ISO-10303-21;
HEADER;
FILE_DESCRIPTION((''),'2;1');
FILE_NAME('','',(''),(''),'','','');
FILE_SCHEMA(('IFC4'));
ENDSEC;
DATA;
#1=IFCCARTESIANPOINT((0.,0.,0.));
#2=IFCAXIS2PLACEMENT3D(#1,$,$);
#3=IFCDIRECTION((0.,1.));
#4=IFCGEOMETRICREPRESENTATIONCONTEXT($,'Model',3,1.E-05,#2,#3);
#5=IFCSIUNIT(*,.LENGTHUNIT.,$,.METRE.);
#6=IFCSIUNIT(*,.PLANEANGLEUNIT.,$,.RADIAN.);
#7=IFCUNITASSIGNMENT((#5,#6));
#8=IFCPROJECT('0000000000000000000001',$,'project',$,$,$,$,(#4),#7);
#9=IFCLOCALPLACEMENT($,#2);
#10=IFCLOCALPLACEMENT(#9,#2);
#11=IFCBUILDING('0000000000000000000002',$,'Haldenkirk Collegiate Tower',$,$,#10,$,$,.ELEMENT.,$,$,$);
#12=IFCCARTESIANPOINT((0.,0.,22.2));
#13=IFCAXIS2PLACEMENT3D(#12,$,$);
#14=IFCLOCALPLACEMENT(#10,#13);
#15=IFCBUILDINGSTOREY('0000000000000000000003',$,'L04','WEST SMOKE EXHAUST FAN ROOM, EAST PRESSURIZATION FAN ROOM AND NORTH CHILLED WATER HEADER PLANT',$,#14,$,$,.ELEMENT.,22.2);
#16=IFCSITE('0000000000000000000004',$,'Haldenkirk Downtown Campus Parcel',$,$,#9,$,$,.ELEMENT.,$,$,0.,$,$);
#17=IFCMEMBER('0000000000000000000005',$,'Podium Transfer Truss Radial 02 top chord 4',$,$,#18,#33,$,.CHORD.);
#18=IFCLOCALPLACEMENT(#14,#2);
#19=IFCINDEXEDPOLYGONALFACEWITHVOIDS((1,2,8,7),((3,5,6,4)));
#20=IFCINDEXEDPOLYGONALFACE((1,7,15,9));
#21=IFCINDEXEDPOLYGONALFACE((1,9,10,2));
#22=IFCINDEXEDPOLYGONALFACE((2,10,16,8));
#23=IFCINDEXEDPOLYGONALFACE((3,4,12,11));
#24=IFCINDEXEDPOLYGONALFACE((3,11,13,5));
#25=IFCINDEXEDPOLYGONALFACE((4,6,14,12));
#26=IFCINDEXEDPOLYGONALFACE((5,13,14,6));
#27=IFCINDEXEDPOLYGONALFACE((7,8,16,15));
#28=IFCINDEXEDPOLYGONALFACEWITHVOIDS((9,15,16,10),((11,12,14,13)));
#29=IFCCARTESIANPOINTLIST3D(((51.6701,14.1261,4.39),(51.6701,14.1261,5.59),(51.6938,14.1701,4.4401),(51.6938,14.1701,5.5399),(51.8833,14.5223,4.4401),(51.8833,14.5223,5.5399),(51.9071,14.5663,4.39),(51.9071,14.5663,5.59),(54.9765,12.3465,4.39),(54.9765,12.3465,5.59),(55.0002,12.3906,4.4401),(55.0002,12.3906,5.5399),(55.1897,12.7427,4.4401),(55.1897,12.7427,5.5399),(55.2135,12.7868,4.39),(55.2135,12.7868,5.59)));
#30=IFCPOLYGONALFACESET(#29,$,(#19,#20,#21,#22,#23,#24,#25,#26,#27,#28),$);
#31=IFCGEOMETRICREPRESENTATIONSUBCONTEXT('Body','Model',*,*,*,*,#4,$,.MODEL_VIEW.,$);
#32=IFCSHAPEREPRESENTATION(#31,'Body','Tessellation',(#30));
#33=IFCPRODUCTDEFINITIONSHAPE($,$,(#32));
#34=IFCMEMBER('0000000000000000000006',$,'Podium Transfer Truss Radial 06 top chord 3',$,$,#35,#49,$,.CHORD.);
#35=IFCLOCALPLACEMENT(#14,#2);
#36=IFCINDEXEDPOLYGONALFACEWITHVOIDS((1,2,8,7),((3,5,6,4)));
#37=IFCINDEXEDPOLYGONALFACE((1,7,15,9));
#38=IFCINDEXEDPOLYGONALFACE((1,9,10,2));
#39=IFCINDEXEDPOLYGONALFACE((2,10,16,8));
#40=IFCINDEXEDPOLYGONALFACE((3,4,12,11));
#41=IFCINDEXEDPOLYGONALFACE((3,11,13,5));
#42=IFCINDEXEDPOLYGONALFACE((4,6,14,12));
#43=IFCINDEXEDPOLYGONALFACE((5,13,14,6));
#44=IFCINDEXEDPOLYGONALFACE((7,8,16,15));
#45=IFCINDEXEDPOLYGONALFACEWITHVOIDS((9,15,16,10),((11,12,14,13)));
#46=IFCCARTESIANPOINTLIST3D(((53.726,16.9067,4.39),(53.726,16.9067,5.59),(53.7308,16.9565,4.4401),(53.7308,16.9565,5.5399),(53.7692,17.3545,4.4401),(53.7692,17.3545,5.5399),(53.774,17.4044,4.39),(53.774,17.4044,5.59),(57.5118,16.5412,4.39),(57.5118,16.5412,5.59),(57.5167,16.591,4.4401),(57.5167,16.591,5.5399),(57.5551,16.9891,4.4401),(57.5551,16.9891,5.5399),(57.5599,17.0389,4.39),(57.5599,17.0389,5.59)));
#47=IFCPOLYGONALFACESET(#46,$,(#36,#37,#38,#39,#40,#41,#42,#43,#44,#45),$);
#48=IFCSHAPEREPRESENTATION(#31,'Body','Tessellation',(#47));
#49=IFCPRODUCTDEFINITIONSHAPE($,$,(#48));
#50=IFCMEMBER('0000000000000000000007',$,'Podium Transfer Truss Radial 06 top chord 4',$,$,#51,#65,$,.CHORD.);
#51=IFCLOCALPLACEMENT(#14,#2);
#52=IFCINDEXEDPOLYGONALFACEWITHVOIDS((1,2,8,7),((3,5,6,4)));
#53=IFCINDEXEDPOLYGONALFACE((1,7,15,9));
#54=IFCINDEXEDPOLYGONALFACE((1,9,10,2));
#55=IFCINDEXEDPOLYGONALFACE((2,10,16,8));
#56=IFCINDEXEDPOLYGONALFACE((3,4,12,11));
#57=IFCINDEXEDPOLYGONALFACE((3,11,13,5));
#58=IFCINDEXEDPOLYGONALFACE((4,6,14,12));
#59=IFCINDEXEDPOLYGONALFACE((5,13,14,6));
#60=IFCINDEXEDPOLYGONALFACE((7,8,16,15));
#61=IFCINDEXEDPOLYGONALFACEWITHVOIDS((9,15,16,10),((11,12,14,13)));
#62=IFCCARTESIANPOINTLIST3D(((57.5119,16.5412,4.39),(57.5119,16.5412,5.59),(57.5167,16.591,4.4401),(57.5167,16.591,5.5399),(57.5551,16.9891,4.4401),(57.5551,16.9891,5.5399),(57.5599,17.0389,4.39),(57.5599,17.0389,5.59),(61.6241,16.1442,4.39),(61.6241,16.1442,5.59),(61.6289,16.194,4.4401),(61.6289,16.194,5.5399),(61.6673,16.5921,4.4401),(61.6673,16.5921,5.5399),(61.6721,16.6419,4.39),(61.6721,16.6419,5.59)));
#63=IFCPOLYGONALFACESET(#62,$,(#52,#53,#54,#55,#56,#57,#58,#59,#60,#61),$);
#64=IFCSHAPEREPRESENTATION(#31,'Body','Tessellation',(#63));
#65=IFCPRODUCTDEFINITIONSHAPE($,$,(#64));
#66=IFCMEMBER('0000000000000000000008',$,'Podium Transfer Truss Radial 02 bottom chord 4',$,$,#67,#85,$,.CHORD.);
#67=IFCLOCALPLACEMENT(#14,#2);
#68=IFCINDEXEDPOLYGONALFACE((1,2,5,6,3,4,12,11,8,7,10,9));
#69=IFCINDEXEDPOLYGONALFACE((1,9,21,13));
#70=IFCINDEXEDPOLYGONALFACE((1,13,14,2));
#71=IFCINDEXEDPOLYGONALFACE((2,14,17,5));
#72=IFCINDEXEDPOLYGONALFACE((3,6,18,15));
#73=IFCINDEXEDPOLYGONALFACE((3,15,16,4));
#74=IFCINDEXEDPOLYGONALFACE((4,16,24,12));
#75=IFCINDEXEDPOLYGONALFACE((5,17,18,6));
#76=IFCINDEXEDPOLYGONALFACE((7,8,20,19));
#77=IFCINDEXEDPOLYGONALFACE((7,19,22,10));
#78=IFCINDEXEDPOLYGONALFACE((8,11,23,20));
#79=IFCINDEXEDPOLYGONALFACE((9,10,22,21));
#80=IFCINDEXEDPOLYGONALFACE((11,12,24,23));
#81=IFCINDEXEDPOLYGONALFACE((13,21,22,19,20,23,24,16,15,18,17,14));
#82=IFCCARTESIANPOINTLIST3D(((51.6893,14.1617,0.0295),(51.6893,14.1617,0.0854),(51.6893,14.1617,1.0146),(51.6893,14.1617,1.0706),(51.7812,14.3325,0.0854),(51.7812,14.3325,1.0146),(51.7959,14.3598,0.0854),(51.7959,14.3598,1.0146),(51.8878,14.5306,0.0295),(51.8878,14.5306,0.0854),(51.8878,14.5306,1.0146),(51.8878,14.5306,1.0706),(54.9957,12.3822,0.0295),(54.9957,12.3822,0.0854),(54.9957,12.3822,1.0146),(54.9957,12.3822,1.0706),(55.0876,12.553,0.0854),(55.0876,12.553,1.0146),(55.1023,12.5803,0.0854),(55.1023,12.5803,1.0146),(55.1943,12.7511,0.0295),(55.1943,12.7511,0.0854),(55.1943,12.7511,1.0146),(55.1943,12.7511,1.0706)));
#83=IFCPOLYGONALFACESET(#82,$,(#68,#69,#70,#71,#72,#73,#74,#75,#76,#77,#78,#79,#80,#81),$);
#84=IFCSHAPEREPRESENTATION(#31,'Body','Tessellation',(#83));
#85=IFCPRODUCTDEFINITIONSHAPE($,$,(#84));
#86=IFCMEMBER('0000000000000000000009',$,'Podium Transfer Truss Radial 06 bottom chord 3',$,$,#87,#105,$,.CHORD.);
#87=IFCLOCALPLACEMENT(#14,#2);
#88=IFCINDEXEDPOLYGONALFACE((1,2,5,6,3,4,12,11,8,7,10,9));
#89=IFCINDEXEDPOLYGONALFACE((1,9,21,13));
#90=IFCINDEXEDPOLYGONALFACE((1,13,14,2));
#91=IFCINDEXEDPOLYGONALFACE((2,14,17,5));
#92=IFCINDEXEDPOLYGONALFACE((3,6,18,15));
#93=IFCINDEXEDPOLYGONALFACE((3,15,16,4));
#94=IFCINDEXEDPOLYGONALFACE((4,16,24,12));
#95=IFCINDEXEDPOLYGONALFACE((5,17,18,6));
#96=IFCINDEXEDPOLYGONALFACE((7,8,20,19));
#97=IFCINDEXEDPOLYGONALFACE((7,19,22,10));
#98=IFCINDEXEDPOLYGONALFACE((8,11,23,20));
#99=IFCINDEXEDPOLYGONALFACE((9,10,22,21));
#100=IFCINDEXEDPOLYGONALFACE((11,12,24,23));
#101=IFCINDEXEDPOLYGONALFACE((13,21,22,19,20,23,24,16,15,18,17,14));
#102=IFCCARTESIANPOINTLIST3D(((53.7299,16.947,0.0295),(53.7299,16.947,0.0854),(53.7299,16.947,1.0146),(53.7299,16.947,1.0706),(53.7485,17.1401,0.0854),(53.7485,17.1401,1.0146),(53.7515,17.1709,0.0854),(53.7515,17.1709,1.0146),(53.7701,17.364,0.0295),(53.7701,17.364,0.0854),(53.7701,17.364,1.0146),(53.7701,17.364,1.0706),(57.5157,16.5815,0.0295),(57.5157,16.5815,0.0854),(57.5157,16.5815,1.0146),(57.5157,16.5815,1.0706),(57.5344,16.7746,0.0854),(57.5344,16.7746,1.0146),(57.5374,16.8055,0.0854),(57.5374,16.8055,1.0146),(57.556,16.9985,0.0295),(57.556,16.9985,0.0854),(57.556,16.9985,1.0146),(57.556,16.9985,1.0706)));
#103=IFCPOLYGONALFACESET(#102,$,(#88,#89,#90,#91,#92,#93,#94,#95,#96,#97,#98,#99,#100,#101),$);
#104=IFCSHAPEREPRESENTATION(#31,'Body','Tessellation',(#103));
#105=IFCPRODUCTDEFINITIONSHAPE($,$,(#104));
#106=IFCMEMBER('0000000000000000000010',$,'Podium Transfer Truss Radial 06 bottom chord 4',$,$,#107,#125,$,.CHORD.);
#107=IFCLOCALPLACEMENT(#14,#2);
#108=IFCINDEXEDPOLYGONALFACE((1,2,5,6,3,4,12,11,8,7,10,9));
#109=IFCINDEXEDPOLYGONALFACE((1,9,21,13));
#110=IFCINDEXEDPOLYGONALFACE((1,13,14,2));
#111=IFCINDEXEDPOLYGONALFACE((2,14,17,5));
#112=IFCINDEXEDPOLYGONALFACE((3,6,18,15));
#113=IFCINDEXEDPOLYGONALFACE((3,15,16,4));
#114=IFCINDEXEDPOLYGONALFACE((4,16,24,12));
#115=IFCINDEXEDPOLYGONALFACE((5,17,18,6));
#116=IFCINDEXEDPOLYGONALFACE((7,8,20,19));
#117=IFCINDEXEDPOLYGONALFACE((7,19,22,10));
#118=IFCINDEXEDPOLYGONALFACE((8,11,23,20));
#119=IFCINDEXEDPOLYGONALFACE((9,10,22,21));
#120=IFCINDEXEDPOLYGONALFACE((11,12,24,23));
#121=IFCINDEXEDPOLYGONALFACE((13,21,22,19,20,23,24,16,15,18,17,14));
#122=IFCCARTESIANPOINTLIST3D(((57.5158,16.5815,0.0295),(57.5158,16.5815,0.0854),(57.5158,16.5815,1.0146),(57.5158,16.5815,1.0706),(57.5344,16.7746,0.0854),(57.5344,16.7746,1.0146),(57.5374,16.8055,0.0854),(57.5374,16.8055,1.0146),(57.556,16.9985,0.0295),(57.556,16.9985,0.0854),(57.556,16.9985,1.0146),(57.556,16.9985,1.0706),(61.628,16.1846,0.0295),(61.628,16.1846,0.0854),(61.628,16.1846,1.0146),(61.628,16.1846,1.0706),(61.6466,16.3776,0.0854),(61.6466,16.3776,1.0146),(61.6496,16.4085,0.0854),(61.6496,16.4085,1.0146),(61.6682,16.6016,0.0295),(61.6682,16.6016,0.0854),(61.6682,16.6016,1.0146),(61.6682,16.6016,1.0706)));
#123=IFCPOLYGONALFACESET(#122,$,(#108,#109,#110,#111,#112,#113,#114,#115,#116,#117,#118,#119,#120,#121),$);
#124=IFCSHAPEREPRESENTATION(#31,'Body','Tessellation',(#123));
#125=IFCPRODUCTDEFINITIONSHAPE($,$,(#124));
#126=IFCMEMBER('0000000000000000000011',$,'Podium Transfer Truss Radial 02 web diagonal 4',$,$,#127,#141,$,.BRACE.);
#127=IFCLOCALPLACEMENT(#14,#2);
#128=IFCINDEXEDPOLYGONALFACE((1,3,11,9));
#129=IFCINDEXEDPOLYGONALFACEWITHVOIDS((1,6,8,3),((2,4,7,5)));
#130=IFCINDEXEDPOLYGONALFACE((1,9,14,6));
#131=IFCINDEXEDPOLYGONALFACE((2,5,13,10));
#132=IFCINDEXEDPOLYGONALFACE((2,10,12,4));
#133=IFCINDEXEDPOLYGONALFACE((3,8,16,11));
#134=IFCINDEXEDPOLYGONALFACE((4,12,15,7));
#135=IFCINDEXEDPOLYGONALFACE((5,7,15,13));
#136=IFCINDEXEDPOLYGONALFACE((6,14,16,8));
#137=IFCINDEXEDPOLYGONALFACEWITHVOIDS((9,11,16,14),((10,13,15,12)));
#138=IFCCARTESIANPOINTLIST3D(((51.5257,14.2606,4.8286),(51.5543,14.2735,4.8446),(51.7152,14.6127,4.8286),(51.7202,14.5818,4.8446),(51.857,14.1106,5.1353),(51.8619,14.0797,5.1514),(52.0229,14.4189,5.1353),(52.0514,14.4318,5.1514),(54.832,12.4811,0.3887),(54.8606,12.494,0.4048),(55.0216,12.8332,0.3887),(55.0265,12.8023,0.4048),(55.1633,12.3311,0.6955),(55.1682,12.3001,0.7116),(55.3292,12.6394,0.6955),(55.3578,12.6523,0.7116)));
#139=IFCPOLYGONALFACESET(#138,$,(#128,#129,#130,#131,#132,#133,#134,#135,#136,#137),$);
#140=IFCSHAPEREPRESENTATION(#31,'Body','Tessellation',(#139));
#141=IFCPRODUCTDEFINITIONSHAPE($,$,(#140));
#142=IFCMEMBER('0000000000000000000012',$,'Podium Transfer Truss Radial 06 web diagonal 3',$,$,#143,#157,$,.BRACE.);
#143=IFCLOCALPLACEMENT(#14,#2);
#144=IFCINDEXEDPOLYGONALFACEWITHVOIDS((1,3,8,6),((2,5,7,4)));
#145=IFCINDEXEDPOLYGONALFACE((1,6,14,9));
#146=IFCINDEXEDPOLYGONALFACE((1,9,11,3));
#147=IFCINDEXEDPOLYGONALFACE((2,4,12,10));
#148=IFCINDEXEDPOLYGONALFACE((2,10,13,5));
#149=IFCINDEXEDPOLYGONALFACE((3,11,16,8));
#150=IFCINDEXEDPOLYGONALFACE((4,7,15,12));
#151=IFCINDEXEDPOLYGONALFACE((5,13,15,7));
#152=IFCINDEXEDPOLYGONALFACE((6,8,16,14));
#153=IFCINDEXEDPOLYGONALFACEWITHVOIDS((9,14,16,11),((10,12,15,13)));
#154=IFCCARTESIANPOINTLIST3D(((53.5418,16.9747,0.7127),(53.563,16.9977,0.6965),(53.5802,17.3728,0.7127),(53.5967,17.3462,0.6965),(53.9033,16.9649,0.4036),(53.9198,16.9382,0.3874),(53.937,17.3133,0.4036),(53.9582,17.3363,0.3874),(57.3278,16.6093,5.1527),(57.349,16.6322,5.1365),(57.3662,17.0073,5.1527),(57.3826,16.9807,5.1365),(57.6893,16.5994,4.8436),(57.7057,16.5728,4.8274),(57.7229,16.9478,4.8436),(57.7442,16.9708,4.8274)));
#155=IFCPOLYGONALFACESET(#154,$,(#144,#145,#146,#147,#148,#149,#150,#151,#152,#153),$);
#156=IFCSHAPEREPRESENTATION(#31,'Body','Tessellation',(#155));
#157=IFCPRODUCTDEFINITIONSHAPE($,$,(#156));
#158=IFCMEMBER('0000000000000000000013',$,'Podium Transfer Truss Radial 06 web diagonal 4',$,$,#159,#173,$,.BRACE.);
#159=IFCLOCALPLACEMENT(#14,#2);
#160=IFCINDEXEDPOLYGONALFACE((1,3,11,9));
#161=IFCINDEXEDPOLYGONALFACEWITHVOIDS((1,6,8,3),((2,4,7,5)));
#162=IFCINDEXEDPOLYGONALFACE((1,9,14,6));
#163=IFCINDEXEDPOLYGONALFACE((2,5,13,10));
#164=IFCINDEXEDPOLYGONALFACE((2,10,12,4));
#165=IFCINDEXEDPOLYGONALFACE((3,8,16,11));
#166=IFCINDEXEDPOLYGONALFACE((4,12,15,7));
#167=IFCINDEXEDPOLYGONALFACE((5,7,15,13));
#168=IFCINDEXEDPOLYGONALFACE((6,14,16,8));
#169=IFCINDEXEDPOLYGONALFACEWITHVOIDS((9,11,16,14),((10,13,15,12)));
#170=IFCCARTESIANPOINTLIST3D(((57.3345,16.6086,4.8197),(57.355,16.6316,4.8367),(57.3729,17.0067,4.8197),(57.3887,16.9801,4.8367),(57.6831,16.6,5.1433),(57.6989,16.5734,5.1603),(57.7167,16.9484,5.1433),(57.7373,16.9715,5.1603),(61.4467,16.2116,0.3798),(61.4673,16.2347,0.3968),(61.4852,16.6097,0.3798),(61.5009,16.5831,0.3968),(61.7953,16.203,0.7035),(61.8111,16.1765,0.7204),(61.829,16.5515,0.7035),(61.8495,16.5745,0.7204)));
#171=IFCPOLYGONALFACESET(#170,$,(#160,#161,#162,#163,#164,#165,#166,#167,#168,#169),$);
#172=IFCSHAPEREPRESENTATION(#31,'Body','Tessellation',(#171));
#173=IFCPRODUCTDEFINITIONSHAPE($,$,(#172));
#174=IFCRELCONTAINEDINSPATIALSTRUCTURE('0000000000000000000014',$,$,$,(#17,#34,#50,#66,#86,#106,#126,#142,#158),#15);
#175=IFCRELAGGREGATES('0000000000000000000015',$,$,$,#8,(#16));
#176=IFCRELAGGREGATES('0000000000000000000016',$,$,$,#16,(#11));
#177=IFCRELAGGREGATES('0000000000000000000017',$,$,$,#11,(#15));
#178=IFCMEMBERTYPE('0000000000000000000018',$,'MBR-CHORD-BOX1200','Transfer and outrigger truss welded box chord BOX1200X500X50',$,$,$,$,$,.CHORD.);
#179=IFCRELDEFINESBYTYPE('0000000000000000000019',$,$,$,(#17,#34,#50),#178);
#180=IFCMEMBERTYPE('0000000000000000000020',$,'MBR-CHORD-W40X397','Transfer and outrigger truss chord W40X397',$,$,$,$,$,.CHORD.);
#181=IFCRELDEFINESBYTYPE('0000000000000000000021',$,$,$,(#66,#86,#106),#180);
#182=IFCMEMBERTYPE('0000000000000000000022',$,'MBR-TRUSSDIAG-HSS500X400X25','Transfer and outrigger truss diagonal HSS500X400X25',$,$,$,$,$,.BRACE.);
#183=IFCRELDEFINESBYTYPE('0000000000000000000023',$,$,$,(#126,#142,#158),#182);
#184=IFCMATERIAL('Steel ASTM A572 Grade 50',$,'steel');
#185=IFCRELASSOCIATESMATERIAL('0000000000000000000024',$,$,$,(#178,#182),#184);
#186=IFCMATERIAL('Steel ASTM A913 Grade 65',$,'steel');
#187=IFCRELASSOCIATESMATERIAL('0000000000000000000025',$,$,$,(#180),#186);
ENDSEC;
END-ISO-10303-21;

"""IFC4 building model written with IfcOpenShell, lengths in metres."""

from ifc_helpers import new_model, si_unit, direction, frame, origin, origin_2d, place, context, subcontext, project, spatial, hollow_rectangle, i_section, extrude, material, material_profile, profile_set, type_object, element, save


model = new_model("IFC4")

# Units and contexts
model_context = context("Model", 3, precision=1e-05, world=origin(), true_north=direction((0.0, 1.0)))
body_context = subcontext(model_context, "Body", "Model", "MODEL_VIEW")
ifc_project = project(units=[si_unit("LENGTHUNIT", "METRE"), si_unit("PLANEANGLEUNIT", "RADIAN")], contexts=[model_context])

# Site, building, storey
site_placement = place(None, origin())
site = spatial("IfcSite", under=ifc_project, at=site_placement, Name="Haldenkirk Downtown Campus Parcel", CompositionType="ELEMENT", RefElevation=0.0)
building_placement = place(site_placement, origin())
building = spatial("IfcBuilding", under=site, at=building_placement, Name="Haldenkirk Collegiate Tower", CompositionType="ELEMENT")
storey_placement = place(building_placement, frame((0.0, 0.0, 22.2)))
storey = spatial("IfcBuildingStorey", under=building, at=storey_placement, Name="L04", Description="WEST SMOKE EXHAUST FAN ROOM, EAST PRESSURIZATION FAN ROOM AND NORTH CHILLED WATER HEADER PLANT", CompositionType="ELEMENT", Elevation=22.2)

# Members
ifc_material_1 = material(Name="Steel ASTM A572 Grade 50", Category="steel")
ifc_material_profile_1 = material_profile(ifc_material_1, hollow_rectangle(XDim=0.5, YDim=1.2, WallThickness=0.05, at=origin_2d()), Name="BOX1200X500X50")
ifc_profile_set_1 = profile_set([ifc_material_profile_1], Name="Steel ASTM A572 Grade 50")
member_type_1 = type_object("IfcMemberType", Name="MBR-CHORD-BOX1200", Description="Transfer and outrigger truss welded box chord BOX1200X500X50", PredefinedType="CHORD", material=ifc_profile_set_1)
member_1_placement = place(storey_placement, frame((51.7886, 14.3462, 4.99), z_axis=(0.880563, -0.473929, 0.0), x_axis=(0.473929, 0.880563, 0.0)))
element("IfcMember", 1, at=member_1_placement, inside=storey, type_object=member_type_1, Name="Podium Transfer Truss Radial 02 top chord 4", PredefinedType="CHORD", context=body_context, shape_type="SweptSolid", body=[
    extrude(hollow_rectangle(XDim=0.5, YDim=1.2, WallThickness=0.05, at=origin_2d()), origin(), (0.0, 0.0, 1.0), 3.7549),
])
member_2_placement = place(storey_placement, frame((53.75, 17.1555, 4.99), z_axis=(0.995373, -0.09609, 0.0), x_axis=(0.09609, 0.995373, 0.0)))
element("IfcMember", 2, at=member_2_placement, inside=storey, type_object=member_type_1, Name="Podium Transfer Truss Radial 06 top chord 3", PredefinedType="CHORD", context=body_context, shape_type="SweptSolid", body=[
    extrude(hollow_rectangle(XDim=0.5, YDim=1.2, WallThickness=0.05, at=origin_2d()), origin(), (0.0, 0.0, 1.0), 3.8035),
])
member_3_placement = place(storey_placement, frame((57.5359, 16.79, 4.99), z_axis=(0.995373, -0.096086, 0.0), x_axis=(0.096086, 0.995373, 0.0)))
element("IfcMember", 3, at=member_3_placement, inside=storey, type_object=member_type_1, Name="Podium Transfer Truss Radial 06 top chord 4", PredefinedType="CHORD", context=body_context, shape_type="SweptSolid", body=[
    extrude(hollow_rectangle(XDim=0.5, YDim=1.2, WallThickness=0.05, at=origin_2d()), origin(), (0.0, 0.0, 1.0), 4.1313),
])
ifc_material_2 = material(Name="Steel ASTM A913 Grade 65", Category="steel")
ifc_material_profile_2 = material_profile(ifc_material_2, i_section(OverallWidth=0.4189, OverallDepth=1.041, WebThickness=0.031, FlangeThickness=0.0559, at=origin_2d()), Name="W40X397")
ifc_profile_set_2 = profile_set([ifc_material_profile_2], Name="Steel ASTM A913 Grade 65")
member_type_2 = type_object("IfcMemberType", Name="MBR-CHORD-W40X397", Description="Transfer and outrigger truss chord W40X397", PredefinedType="CHORD", material=ifc_profile_set_2)
member_4_placement = place(storey_placement, frame((51.7886, 14.3462, 0.55), z_axis=(0.880563, -0.473929, 0.0), x_axis=(0.473929, 0.880563, 0.0)))
element("IfcMember", 4, at=member_4_placement, inside=storey, type_object=member_type_2, Name="Podium Transfer Truss Radial 02 bottom chord 4", PredefinedType="CHORD", context=body_context, shape_type="SweptSolid", body=[
    extrude(i_section(OverallWidth=0.4189, OverallDepth=1.041, WebThickness=0.031, FlangeThickness=0.0559, at=origin_2d()), origin(), (0.0, 0.0, 1.0), 3.7549),
])
member_5_placement = place(storey_placement, frame((53.75, 17.1555, 0.55), z_axis=(0.995373, -0.09609, 0.0), x_axis=(0.09609, 0.995373, 0.0)))
element("IfcMember", 5, at=member_5_placement, inside=storey, type_object=member_type_2, Name="Podium Transfer Truss Radial 06 bottom chord 3", PredefinedType="CHORD", context=body_context, shape_type="SweptSolid", body=[
    extrude(i_section(OverallWidth=0.4189, OverallDepth=1.041, WebThickness=0.031, FlangeThickness=0.0559, at=origin_2d()), origin(), (0.0, 0.0, 1.0), 3.8035),
])
member_6_placement = place(storey_placement, frame((57.5359, 16.79, 0.55), z_axis=(0.995373, -0.096086, 0.0), x_axis=(0.096086, 0.995373, 0.0)))
element("IfcMember", 6, at=member_6_placement, inside=storey, type_object=member_type_2, Name="Podium Transfer Truss Radial 06 bottom chord 4", PredefinedType="CHORD", context=body_context, shape_type="SweptSolid", body=[
    extrude(i_section(OverallWidth=0.4189, OverallDepth=1.041, WebThickness=0.031, FlangeThickness=0.0559, at=origin_2d()), origin(), (0.0, 0.0, 1.0), 4.1313),
])
ifc_material_profile_3 = material_profile(ifc_material_1, hollow_rectangle(XDim=0.3999, YDim=0.5, WallThickness=0.0249, at=origin_2d()), Name="HSS500X400X25")
ifc_profile_set_3 = profile_set([ifc_material_profile_3], Name="Steel ASTM A572 Grade 50")
member_type_3 = type_object("IfcMemberType", Name="MBR-TRUSSDIAG-HSS500X400X25", Description="Transfer and outrigger truss diagonal HSS500X400X25", PredefinedType="BRACE", material=ifc_profile_set_3)
member_7_placement = place(storey_placement, frame((51.7886, 14.3462, 4.99), z_axis=(0.568616, -0.306036, -0.763556), x_axis=(0.473929, 0.880563, 0.0)))
element("IfcMember", 7, at=member_7_placement, inside=storey, type_object=member_type_3, Name="Podium Transfer Truss Radial 02 web diagonal 4", PredefinedType="BRACE", context=body_context, shape_type="SweptSolid", body=[
    extrude(hollow_rectangle(XDim=0.3999, YDim=0.5, WallThickness=0.0249, at=origin_2d()), origin(), (0.0, 0.0, 1.0), 5.8147),
])
member_8_placement = place(storey_placement, frame((53.75, 17.1555, 0.55), z_axis=(0.647566, -0.062514, 0.75944), x_axis=(0.09609, 0.995373, 0.0)))
element("IfcMember", 8, at=member_8_placement, inside=storey, type_object=member_type_3, Name="Podium Transfer Truss Radial 06 web diagonal 3", PredefinedType="BRACE", context=body_context, shape_type="SweptSolid", body=[
    extrude(hollow_rectangle(XDim=0.3999, YDim=0.5, WallThickness=0.0249, at=origin_2d()), origin(), (0.0, 0.0, 1.0), 5.8464),
])
member_9_placement = place(storey_placement, frame((57.5359, 16.79, 4.99), z_axis=(0.678062, -0.065455, -0.732085), x_axis=(0.096086, 0.995373, 0.0)))
element("IfcMember", 9, at=member_9_placement, inside=storey, type_object=member_type_3, Name="Podium Transfer Truss Radial 06 web diagonal 4", PredefinedType="BRACE", context=body_context, shape_type="SweptSolid", body=[
    extrude(hollow_rectangle(XDim=0.3999, YDim=0.5, WallThickness=0.0249, at=origin_2d()), origin(), (0.0, 0.0, 1.0), 6.0647),
])

save(model, "model.ifc")
